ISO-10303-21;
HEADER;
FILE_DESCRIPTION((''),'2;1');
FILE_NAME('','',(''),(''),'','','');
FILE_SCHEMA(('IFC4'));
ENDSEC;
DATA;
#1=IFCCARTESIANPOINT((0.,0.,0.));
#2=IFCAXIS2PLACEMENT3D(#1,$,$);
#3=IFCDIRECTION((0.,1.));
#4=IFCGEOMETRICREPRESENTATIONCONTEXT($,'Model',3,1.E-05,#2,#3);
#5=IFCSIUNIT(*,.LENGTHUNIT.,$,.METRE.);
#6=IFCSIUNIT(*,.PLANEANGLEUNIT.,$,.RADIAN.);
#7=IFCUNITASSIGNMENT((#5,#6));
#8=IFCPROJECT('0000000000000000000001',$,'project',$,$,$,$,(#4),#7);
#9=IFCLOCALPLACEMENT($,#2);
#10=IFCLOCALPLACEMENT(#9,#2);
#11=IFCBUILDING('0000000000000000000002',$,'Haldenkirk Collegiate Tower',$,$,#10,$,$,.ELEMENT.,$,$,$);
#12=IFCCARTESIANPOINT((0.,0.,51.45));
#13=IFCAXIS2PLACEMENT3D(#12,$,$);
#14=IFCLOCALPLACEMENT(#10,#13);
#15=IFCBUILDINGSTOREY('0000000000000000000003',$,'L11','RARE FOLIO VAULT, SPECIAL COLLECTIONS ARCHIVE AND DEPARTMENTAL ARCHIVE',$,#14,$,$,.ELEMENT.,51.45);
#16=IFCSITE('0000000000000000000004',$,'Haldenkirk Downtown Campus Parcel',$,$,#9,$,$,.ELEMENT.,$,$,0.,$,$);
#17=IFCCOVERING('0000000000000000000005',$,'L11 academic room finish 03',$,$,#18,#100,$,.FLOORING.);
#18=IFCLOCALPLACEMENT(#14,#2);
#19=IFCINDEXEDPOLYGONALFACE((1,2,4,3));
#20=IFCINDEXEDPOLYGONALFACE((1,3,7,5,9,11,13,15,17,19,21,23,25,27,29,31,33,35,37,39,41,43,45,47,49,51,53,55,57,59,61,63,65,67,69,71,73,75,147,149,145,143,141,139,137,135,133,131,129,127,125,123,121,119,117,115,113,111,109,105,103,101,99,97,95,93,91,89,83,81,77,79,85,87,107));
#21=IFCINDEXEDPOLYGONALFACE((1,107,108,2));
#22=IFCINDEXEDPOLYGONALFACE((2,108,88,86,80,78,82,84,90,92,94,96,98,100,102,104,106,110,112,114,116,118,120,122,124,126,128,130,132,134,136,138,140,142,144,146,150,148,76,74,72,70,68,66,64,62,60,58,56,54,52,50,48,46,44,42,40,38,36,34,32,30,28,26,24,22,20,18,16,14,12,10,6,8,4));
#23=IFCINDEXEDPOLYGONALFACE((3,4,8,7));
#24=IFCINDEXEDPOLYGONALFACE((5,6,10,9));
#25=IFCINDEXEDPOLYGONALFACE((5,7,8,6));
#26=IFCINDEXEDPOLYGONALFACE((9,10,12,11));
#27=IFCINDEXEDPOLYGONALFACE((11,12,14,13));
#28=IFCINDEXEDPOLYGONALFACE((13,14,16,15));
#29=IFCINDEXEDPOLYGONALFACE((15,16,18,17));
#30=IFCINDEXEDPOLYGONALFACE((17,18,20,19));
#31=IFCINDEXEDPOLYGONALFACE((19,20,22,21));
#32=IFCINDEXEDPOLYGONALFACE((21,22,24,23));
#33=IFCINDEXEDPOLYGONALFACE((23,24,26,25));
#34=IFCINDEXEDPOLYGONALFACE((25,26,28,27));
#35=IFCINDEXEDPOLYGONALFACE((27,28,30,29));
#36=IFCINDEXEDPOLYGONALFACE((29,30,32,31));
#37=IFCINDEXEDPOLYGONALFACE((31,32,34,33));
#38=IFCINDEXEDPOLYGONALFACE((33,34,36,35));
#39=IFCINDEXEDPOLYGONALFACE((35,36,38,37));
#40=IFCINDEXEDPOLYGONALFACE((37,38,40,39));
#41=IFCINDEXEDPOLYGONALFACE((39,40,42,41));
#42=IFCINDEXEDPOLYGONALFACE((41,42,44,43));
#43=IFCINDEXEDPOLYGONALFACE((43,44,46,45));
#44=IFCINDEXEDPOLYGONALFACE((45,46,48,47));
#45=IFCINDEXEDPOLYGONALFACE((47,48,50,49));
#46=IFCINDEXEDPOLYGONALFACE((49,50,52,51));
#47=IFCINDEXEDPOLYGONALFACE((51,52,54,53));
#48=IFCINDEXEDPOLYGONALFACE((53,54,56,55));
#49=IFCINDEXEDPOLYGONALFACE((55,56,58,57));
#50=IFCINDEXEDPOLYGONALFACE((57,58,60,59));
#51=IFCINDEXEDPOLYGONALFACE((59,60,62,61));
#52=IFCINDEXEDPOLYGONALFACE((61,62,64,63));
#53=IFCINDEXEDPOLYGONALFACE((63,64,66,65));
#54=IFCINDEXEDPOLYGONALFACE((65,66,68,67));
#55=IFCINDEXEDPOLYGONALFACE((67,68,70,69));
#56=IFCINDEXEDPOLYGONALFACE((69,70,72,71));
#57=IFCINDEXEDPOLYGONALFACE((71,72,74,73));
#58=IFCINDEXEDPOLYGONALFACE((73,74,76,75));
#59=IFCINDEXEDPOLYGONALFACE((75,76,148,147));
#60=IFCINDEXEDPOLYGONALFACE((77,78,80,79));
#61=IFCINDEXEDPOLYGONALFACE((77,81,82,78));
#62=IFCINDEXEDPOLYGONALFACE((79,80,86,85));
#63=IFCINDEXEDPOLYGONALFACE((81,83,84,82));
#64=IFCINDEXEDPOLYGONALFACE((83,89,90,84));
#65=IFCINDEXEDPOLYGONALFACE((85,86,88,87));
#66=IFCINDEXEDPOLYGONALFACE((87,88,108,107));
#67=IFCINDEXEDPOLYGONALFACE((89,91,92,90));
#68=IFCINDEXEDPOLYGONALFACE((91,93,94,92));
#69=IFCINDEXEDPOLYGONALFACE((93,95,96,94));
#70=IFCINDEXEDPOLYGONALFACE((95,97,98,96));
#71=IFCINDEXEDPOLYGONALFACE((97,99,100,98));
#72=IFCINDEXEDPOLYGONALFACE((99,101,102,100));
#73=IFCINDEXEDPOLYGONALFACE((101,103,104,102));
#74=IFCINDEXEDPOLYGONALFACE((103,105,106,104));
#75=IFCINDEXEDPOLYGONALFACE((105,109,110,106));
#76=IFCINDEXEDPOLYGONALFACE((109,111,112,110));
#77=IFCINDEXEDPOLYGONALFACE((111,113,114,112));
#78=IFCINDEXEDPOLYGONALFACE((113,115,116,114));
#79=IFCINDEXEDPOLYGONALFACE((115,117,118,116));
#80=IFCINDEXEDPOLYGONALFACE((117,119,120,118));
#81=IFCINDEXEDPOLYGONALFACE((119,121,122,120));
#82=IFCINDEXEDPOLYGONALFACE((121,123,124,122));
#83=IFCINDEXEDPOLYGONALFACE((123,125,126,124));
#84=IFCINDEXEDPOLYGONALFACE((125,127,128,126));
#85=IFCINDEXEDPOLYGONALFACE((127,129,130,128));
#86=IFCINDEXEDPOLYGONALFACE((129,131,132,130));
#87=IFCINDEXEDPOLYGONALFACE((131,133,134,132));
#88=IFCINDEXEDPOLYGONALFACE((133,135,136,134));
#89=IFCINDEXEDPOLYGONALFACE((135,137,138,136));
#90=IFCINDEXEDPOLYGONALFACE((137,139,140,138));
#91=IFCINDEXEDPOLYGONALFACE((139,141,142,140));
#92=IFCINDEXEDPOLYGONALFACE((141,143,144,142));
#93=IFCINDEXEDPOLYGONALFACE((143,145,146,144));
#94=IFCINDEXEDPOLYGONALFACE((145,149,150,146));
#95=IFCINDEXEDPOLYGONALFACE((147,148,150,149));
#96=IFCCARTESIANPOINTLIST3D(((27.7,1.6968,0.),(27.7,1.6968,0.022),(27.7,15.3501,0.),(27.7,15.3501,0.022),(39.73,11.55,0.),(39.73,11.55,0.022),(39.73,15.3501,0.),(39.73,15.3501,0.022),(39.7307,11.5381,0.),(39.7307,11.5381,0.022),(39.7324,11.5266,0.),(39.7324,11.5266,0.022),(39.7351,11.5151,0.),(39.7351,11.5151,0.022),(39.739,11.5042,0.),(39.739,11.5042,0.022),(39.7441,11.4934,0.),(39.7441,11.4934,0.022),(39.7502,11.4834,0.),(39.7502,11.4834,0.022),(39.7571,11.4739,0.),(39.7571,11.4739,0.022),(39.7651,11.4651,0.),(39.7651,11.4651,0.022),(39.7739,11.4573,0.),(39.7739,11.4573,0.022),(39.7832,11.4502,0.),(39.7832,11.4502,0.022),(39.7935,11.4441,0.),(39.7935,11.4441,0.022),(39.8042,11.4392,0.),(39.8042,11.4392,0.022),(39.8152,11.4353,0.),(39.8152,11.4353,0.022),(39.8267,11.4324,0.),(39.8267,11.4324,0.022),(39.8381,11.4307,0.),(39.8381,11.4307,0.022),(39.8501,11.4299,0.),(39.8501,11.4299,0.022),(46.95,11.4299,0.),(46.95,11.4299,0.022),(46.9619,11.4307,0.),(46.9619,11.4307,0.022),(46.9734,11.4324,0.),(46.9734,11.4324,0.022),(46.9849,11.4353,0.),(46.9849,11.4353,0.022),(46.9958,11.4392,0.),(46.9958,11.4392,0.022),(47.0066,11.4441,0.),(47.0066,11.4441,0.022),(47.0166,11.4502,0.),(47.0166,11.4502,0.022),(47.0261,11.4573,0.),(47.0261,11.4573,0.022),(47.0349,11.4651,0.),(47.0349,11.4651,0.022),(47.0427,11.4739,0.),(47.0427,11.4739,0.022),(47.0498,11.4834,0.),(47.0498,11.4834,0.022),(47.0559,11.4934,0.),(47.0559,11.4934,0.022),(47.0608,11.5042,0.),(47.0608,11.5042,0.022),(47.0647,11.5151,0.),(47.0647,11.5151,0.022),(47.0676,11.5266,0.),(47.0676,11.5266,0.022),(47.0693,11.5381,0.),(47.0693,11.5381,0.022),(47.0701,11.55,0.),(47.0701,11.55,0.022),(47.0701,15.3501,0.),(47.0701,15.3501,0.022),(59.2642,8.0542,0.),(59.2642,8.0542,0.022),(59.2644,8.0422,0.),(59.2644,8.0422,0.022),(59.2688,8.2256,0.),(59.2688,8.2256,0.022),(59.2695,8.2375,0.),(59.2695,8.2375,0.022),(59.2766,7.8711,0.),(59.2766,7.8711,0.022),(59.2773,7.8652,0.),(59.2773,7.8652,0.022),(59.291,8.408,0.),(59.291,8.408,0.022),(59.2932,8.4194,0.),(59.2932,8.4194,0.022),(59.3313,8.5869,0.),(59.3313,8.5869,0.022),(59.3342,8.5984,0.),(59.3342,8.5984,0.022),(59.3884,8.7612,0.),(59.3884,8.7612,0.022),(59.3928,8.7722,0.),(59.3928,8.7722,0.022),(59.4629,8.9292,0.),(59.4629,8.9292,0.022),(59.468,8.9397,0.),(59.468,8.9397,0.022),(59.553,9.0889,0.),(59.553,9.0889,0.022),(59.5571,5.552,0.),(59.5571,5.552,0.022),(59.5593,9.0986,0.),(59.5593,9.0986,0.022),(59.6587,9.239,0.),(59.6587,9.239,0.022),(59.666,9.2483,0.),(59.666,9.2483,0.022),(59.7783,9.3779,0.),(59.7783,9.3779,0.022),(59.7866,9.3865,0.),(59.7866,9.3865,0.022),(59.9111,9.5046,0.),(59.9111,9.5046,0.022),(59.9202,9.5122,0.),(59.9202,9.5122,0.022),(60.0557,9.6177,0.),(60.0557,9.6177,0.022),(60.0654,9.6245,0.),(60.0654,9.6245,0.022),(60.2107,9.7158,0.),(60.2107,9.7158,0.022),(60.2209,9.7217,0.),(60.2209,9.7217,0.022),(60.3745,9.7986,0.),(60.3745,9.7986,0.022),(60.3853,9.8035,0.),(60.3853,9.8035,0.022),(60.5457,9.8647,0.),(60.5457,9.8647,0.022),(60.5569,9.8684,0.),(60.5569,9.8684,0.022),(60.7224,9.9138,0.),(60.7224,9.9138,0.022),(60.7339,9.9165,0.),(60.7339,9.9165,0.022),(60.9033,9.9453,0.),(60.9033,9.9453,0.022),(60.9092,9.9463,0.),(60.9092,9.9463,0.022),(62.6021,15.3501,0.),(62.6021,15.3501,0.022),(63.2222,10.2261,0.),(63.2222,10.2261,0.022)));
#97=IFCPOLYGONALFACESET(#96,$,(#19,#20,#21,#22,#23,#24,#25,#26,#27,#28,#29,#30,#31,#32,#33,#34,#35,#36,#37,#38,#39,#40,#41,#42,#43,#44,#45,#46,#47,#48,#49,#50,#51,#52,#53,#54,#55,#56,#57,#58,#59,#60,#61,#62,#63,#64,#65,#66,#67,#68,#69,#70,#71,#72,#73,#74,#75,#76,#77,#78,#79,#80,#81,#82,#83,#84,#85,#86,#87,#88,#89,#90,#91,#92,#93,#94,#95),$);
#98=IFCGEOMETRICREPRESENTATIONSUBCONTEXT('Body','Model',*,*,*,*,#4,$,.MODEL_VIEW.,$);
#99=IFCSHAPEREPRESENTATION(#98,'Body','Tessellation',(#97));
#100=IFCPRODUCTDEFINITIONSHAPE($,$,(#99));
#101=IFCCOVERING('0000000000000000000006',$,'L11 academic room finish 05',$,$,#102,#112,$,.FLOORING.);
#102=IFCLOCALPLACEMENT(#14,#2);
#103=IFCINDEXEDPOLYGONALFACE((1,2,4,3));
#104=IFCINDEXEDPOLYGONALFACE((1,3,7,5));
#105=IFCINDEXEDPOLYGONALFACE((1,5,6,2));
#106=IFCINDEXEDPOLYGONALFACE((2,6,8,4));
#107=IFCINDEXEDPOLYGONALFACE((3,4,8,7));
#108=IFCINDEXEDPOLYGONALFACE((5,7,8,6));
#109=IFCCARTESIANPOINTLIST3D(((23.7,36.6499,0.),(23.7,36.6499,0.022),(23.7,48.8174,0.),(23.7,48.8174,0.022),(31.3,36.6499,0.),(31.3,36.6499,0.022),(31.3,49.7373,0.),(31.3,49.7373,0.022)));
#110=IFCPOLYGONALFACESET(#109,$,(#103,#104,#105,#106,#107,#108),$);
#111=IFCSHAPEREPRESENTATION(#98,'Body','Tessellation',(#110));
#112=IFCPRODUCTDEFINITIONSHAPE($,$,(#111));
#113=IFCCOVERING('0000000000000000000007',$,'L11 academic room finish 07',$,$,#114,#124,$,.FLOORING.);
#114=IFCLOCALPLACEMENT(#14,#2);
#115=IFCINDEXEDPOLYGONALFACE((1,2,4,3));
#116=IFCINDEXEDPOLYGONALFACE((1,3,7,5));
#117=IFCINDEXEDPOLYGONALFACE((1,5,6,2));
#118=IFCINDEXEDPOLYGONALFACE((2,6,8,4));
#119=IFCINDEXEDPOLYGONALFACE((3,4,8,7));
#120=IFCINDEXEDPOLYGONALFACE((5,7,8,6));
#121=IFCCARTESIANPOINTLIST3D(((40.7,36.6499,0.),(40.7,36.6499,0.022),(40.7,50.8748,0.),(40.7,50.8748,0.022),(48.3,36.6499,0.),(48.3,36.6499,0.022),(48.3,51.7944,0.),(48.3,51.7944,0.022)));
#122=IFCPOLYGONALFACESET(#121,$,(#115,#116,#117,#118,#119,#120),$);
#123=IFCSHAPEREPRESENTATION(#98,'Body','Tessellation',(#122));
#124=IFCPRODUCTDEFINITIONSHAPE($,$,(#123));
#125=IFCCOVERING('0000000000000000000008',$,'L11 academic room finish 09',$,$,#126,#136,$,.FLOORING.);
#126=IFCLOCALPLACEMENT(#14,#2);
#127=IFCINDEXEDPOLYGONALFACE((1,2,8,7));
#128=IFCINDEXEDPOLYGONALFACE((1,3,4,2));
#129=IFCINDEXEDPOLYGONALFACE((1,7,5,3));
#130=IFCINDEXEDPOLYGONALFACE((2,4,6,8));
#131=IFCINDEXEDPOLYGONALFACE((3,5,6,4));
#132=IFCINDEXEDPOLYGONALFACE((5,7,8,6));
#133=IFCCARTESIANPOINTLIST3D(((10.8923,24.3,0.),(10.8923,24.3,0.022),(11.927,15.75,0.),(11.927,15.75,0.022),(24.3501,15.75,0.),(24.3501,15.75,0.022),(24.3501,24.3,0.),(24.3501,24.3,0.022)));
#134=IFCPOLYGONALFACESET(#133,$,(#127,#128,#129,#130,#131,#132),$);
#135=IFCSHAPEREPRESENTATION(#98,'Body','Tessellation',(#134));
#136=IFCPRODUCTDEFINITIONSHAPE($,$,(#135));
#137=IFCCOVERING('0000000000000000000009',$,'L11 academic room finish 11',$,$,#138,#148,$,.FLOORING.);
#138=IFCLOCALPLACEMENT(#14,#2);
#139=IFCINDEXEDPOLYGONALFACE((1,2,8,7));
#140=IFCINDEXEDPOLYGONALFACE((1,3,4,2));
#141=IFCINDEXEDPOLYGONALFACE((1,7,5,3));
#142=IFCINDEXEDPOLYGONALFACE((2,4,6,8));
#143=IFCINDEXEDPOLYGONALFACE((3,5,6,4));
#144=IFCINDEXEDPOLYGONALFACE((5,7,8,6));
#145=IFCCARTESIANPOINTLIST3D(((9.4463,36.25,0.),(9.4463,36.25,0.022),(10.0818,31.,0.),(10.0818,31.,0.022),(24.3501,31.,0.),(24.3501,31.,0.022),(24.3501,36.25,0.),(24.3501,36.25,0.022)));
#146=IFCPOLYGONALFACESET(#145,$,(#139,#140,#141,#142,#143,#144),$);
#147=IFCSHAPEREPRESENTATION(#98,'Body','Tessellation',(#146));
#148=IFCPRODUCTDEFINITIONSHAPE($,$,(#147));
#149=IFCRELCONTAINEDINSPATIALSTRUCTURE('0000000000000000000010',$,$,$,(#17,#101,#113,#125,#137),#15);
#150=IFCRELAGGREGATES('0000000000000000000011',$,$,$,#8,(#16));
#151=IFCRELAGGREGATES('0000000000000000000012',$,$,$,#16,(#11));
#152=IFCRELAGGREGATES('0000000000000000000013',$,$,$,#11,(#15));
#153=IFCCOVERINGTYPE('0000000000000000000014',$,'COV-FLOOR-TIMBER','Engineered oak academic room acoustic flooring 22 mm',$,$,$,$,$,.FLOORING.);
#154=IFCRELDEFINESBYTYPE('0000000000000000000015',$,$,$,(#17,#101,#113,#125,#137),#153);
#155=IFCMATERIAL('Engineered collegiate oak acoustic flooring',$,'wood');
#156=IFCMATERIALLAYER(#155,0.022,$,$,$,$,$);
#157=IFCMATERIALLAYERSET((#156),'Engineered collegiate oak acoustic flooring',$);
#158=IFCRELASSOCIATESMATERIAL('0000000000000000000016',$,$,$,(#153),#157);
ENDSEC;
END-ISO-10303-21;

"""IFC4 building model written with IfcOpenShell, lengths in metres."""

from ifc_helpers import new_model, si_unit, direction, frame, origin, place, context, subcontext, project, spatial, polyline, outline, extrude, material, layer, layer_set, type_object, element, save


model = new_model("IFC4")

# Units and contexts
model_context = context("Model", 3, precision=1e-05, world=origin(), true_north=direction((0.0, 1.0)))
body_context = subcontext(model_context, "Body", "Model", "MODEL_VIEW")
ifc_project = project(units=[si_unit("LENGTHUNIT", "METRE"), si_unit("PLANEANGLEUNIT", "RADIAN")], contexts=[model_context])

# Site, building, storey
site_placement = place(None, origin())
site = spatial("IfcSite", under=ifc_project, at=site_placement, Name="Haldenkirk Downtown Campus Parcel", CompositionType="ELEMENT", RefElevation=0.0)
building_placement = place(site_placement, origin())
building = spatial("IfcBuilding", under=site, at=building_placement, Name="Haldenkirk Collegiate Tower", CompositionType="ELEMENT")
storey_placement = place(building_placement, frame((0.0, 0.0, 51.45)))
storey = spatial("IfcBuildingStorey", under=building, at=storey_placement, Name="L11", Description="RARE FOLIO VAULT, SPECIAL COLLECTIONS ARCHIVE AND DEPARTMENTAL ARCHIVE", CompositionType="ELEMENT", Elevation=51.45)

# Coverings
ifc_material_1 = material(Name="Engineered collegiate oak acoustic flooring", Category="wood")
ifc_layer_1 = layer(ifc_material_1, 0.022)
ifc_layer_set_1 = layer_set([ifc_layer_1], Name="Engineered collegiate oak acoustic flooring")
covering_type_1 = type_object("IfcCoveringType", Name="COV-FLOOR-TIMBER", Description="Engineered oak academic room acoustic flooring 22 mm", PredefinedType="FLOORING", material=ifc_layer_set_1)
covering_1_placement = place(storey_placement, origin())
element("IfcCovering", 1, at=covering_1_placement, inside=storey, type_object=covering_type_1, Name="L11 academic room finish 03", PredefinedType="FLOORING", context=body_context, shape_type="SweptSolid", body=[
    extrude(outline(polyline([(39.73, 11.55), (39.7307, 11.5381), (39.7324, 11.5266), (39.7351, 11.5151), (39.739, 11.5042), (39.7441, 11.4934), (39.7502, 11.4834), (39.7571, 11.4739), (39.7651, 11.4651), (39.7739, 11.4573), (39.7832, 11.4502), (39.7935, 11.4441), (39.8042, 11.4392), (39.8152, 11.4353), (39.8267, 11.4324), (39.8381, 11.4307), (39.8501, 11.4299), (46.95, 11.4299), (46.9619, 11.4307), (46.9734, 11.4324), (46.9849, 11.4353), (46.9958, 11.4392), (47.0066, 11.4441), (47.0166, 11.4502), (47.0261, 11.4573), (47.0349, 11.4651), (47.0427, 11.4739), (47.0498, 11.4834), (47.0559, 11.4934), (47.0608, 11.5042), (47.0647, 11.5151), (47.0676, 11.5266), (47.0693, 11.5381), (47.0701, 11.55), (47.0701, 15.3501), (62.6021, 15.3501), (63.2222, 10.2261), (60.9092, 9.9463), (60.9033, 9.9453), (60.7339, 9.9165), (60.7224, 9.9138), (60.5569, 9.8684), (60.5457, 9.8647), (60.3853, 9.8035), (60.3745, 9.7986), (60.2209, 9.7217), (60.2107, 9.7158), (60.0654, 9.6245), (60.0557, 9.6177), (59.9202, 9.5122), (59.9111, 9.5046), (59.7866, 9.3865), (59.7783, 9.3779), (59.666, 9.2483), (59.6587, 9.239), (59.5593, 9.0986), (59.553, 9.0889), (59.468, 8.9397), (59.4629, 8.9292), (59.3928, 8.7722), (59.3884, 8.7612), (59.3342, 8.5984), (59.3313, 8.5869), (59.2932, 8.4194), (59.291, 8.408), (59.2695, 8.2375), (59.2688, 8.2256), (59.2642, 8.0542), (59.2644, 8.0422), (59.2766, 7.8711), (59.2773, 7.8652), (59.5571, 5.552), (27.7, 1.6968), (27.7, 15.3501), (39.73, 15.3501), (39.73, 11.55)])), origin(), (0.0, 0.0, 1.0), 0.022),
])
covering_2_placement = place(storey_placement, origin())
element("IfcCovering", 2, at=covering_2_placement, inside=storey, type_object=covering_type_1, Name="L11 academic room finish 05", PredefinedType="FLOORING", context=body_context, shape_type="SweptSolid", body=[
    extrude(outline(polyline([(31.3, 49.7373), (31.3, 36.6499), (23.7, 36.6499), (23.7, 48.8174), (31.3, 49.7373)])), origin(), (0.0, 0.0, 1.0), 0.022),
])
covering_3_placement = place(storey_placement, origin())
element("IfcCovering", 3, at=covering_3_placement, inside=storey, type_object=covering_type_1, Name="L11 academic room finish 07", PredefinedType="FLOORING", context=body_context, shape_type="SweptSolid", body=[
    extrude(outline(polyline([(48.3, 51.7944), (48.3, 36.6499), (40.7, 36.6499), (40.7, 50.8748), (48.3, 51.7944)])), origin(), (0.0, 0.0, 1.0), 0.022),
])
covering_4_placement = place(storey_placement, origin())
element("IfcCovering", 4, at=covering_4_placement, inside=storey, type_object=covering_type_1, Name="L11 academic room finish 09", PredefinedType="FLOORING", context=body_context, shape_type="SweptSolid", body=[
    extrude(outline(polyline([(10.8923, 24.3), (24.3501, 24.3), (24.3501, 15.75), (11.927, 15.75), (10.8923, 24.3)])), origin(), (0.0, 0.0, 1.0), 0.022),
])
covering_5_placement = place(storey_placement, origin())
element("IfcCovering", 5, at=covering_5_placement, inside=storey, type_object=covering_type_1, Name="L11 academic room finish 11", PredefinedType="FLOORING", context=body_context, shape_type="SweptSolid", body=[
    extrude(outline(polyline([(9.4463, 36.25), (24.3501, 36.25), (24.3501, 31.0), (10.0818, 31.0), (9.4463, 36.25)])), origin(), (0.0, 0.0, 1.0), 0.022),
])

save(model, "model.ifc")
